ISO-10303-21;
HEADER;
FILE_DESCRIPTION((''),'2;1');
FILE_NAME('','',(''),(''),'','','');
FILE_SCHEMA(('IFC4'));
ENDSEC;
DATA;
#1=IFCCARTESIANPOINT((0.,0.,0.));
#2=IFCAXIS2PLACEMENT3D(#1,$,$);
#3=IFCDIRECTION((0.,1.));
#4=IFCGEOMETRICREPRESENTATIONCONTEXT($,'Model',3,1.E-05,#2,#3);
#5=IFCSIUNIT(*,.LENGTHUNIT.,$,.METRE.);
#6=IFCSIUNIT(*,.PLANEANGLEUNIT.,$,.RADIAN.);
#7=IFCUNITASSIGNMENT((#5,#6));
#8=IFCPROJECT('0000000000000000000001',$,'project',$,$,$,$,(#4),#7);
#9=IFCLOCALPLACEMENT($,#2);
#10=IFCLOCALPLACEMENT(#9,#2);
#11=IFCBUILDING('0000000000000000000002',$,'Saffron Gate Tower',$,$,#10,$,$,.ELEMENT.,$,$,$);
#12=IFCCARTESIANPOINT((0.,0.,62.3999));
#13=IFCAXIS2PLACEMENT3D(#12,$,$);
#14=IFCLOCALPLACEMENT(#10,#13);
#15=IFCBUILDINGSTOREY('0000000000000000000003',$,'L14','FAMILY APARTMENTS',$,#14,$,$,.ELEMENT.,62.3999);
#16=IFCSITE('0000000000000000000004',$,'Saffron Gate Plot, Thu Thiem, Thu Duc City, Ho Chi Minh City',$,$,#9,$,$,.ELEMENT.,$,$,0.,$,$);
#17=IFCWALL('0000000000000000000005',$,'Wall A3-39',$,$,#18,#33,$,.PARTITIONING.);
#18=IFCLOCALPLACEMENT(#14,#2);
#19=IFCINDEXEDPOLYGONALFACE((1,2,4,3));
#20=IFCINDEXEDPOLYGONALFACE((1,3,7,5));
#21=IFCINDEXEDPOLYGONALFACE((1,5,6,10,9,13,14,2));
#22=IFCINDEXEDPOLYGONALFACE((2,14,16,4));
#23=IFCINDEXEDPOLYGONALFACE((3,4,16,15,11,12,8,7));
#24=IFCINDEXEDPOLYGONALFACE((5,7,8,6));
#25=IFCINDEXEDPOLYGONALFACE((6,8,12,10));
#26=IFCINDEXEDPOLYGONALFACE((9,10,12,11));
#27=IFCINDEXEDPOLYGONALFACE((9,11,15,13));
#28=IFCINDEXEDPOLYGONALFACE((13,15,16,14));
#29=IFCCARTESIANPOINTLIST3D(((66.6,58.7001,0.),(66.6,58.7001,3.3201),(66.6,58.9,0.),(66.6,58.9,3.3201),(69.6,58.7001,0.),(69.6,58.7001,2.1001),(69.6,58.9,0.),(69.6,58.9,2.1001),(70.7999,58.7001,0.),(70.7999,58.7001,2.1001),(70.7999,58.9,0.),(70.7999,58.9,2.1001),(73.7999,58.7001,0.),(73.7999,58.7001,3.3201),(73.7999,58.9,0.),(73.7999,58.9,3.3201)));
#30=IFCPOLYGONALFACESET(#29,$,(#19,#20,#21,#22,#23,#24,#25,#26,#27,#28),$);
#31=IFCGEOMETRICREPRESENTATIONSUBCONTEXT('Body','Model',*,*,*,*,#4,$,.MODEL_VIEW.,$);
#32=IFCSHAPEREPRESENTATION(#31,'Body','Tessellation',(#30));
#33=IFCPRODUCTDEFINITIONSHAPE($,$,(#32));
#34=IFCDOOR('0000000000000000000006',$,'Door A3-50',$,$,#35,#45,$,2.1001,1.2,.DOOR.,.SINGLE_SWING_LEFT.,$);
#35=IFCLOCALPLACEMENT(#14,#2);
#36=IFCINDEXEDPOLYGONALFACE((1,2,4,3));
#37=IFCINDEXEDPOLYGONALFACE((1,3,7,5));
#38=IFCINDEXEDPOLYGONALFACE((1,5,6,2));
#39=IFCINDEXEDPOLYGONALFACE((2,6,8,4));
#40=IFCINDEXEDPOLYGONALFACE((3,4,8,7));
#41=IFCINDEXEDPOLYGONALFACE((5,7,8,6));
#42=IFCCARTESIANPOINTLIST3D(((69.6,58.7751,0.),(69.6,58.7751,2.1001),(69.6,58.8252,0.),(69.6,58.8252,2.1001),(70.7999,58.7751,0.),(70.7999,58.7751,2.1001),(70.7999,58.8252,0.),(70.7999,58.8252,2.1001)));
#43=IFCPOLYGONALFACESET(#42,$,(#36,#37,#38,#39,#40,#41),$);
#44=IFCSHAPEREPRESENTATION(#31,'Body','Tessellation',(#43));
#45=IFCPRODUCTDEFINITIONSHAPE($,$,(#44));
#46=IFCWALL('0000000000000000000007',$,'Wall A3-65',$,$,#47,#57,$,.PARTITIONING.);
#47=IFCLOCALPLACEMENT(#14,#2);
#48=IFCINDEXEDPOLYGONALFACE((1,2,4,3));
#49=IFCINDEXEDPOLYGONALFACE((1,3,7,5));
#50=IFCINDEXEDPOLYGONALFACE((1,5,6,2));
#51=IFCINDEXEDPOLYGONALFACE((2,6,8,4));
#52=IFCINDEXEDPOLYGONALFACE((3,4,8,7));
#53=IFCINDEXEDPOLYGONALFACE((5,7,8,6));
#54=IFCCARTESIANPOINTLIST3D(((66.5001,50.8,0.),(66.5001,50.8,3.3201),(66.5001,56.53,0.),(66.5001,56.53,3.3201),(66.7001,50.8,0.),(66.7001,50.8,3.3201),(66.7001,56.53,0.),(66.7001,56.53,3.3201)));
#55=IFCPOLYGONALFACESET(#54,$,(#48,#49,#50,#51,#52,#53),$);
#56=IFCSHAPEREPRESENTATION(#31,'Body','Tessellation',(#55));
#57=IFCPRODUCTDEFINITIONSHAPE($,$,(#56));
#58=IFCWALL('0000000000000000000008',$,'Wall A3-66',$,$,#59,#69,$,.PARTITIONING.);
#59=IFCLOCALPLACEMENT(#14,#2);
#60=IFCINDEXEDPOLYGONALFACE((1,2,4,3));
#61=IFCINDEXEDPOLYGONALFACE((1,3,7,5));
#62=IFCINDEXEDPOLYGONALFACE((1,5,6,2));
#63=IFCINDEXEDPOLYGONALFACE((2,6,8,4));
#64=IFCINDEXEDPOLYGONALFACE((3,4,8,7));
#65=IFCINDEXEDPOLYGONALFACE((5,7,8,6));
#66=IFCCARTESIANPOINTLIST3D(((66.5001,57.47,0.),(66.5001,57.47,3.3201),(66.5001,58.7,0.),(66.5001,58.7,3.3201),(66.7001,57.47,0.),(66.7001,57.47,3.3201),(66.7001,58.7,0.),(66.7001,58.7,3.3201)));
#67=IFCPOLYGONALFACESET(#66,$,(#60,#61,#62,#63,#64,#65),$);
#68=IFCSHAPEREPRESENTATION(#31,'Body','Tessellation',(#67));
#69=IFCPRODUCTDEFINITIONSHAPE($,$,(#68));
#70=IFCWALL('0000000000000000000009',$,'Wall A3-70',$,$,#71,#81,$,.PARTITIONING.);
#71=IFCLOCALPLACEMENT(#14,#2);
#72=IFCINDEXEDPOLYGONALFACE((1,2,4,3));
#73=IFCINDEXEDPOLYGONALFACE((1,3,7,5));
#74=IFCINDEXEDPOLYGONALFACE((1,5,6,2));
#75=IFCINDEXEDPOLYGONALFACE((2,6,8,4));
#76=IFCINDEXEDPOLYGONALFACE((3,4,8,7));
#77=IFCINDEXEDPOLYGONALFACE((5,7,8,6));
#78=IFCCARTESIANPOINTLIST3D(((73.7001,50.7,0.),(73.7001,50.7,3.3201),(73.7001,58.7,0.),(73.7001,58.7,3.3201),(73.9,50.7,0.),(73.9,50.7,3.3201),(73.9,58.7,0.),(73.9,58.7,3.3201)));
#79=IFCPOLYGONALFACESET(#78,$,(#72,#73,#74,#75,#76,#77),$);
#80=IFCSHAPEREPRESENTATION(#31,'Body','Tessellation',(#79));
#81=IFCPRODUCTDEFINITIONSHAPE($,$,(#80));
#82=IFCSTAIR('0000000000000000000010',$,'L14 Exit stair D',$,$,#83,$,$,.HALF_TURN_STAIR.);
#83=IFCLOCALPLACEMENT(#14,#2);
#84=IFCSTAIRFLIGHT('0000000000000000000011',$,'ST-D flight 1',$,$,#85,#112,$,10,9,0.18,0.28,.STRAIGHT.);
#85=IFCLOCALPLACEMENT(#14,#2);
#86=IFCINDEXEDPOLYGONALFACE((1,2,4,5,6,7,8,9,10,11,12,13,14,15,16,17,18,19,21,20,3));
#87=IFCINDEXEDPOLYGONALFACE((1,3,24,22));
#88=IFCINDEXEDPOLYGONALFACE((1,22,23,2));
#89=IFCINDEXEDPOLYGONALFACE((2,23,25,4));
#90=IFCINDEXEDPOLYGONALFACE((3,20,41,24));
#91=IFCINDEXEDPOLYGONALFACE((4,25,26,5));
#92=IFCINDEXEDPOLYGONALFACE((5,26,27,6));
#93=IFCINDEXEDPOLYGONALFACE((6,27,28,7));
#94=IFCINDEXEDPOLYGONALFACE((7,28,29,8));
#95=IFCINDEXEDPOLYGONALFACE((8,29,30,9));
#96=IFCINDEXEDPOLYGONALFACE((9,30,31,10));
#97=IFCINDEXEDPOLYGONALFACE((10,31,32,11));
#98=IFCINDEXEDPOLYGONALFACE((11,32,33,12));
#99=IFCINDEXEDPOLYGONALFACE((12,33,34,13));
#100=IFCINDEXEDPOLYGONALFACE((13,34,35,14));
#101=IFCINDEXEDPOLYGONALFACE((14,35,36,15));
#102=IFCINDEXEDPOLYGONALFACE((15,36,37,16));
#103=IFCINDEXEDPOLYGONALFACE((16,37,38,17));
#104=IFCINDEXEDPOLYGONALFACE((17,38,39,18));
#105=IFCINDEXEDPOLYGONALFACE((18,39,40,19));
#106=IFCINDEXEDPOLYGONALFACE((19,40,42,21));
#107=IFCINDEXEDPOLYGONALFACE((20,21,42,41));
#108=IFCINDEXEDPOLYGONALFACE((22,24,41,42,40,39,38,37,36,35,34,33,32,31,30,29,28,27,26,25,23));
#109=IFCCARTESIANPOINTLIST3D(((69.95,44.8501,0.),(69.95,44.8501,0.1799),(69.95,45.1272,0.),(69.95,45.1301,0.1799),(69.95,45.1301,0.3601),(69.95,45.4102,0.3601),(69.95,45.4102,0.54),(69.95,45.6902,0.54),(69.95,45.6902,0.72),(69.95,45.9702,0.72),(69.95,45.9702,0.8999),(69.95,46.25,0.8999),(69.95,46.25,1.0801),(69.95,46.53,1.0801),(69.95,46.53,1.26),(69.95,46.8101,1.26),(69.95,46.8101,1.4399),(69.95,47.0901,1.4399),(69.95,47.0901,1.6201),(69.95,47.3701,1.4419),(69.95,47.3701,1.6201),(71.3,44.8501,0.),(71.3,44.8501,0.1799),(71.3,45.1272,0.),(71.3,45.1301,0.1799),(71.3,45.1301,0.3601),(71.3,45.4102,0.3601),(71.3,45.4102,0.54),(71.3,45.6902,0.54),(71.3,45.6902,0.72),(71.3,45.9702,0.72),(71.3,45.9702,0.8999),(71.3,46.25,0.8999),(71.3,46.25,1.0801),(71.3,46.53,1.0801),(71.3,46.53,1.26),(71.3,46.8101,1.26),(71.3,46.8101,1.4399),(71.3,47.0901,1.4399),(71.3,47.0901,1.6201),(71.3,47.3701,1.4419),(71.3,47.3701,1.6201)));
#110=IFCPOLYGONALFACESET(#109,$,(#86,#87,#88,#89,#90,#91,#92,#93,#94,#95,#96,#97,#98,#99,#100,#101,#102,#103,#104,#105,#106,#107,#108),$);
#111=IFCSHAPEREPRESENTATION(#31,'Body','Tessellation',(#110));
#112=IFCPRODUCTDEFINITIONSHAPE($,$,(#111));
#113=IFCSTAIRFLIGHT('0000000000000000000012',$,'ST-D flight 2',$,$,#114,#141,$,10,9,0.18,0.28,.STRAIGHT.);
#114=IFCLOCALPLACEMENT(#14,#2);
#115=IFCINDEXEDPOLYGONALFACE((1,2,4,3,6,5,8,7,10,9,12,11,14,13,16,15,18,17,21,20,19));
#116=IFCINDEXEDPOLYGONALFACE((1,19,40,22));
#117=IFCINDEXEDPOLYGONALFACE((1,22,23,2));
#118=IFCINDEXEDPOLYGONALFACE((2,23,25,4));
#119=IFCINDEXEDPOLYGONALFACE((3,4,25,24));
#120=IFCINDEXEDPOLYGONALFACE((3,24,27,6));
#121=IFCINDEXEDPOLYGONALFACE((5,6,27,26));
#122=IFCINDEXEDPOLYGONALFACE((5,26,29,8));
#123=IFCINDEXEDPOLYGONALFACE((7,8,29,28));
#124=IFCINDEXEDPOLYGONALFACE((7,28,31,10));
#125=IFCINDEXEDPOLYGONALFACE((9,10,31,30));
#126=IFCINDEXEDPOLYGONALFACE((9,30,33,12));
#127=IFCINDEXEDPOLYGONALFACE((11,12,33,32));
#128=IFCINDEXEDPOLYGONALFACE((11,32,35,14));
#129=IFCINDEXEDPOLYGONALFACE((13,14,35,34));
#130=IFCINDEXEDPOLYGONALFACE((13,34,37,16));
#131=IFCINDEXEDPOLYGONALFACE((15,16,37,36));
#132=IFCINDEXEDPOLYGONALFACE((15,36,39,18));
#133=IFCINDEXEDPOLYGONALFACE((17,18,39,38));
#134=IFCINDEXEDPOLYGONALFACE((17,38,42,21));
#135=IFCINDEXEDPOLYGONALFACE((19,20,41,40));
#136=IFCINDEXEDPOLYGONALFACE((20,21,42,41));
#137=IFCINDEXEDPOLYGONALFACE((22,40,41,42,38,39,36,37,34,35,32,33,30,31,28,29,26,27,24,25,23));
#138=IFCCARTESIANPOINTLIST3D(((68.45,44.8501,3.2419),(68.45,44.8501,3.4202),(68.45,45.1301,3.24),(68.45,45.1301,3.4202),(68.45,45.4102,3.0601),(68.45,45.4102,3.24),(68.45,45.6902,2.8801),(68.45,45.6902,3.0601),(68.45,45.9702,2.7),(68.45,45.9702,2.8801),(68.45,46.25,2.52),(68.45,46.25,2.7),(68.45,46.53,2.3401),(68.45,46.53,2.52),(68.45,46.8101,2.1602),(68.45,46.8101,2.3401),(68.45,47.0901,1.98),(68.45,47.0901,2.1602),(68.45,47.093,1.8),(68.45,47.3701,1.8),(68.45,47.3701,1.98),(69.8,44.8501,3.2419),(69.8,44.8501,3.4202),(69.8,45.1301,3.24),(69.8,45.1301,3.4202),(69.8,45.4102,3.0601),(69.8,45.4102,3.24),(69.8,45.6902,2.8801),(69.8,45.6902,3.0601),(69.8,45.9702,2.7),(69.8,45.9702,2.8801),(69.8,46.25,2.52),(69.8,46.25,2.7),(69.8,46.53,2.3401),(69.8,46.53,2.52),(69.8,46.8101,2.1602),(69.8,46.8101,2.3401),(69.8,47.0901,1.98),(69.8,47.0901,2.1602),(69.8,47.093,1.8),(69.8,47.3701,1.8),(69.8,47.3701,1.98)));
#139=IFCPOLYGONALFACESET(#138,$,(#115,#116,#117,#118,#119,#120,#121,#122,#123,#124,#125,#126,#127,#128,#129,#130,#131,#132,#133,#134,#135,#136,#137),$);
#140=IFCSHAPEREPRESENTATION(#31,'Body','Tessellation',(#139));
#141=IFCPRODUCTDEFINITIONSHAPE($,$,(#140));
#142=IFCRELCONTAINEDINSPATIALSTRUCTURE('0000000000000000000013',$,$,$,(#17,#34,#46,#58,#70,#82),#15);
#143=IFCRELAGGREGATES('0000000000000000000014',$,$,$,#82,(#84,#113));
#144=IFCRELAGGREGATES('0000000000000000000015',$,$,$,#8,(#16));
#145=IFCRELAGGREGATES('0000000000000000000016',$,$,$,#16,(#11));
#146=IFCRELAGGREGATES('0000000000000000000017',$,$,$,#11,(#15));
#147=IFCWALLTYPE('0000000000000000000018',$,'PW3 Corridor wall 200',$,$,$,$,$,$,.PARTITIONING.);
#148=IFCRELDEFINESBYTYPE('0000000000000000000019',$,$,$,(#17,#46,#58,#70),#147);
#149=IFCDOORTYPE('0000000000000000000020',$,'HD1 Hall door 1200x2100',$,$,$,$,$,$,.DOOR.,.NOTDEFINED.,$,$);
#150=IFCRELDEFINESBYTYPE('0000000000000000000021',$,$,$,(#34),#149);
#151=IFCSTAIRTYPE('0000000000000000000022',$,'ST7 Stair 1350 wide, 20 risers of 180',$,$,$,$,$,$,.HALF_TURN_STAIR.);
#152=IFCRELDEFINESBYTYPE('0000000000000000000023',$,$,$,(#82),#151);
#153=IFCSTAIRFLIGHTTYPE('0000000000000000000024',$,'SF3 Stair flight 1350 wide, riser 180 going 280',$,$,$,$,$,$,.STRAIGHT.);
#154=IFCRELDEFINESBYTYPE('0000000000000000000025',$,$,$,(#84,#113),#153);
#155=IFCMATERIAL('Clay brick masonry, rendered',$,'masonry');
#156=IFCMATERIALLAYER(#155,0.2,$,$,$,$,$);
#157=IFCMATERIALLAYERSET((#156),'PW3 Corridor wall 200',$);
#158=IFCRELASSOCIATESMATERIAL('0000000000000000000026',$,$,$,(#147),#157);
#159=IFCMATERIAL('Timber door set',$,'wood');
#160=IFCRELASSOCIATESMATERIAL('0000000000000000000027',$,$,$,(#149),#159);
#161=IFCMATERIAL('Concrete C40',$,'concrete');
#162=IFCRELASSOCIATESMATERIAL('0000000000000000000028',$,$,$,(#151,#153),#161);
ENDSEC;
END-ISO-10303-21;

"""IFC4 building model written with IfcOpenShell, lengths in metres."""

from ifc_helpers import new_model, si_unit, direction, frame, frame_2d, origin, place, context, subcontext, project, spatial, polyline, rectangle, outline, extrude, material, layer, layer_set, type_object, element, fill, aggregate, save


model = new_model("IFC4")

# Units and contexts
model_context = context("Model", 3, precision=1e-05, world=origin(), true_north=direction((0.0, 1.0)))
body_context = subcontext(model_context, "Body", "Model", "MODEL_VIEW")
ifc_project = project(units=[si_unit("LENGTHUNIT", "METRE"), si_unit("PLANEANGLEUNIT", "RADIAN")], contexts=[model_context])

# Site, building, storey
site_placement = place(None, origin())
site = spatial("IfcSite", under=ifc_project, at=site_placement, Name="Saffron Gate Plot, Thu Thiem, Thu Duc City, Ho Chi Minh City", CompositionType="ELEMENT", RefElevation=0.0)
building_placement = place(site_placement, origin())
building = spatial("IfcBuilding", under=site, at=building_placement, Name="Saffron Gate Tower", CompositionType="ELEMENT")
storey_placement = place(building_placement, frame((0.0, 0.0, 62.3999)))
storey = spatial("IfcBuildingStorey", under=building, at=storey_placement, Name="L14", Description="FAMILY APARTMENTS", CompositionType="ELEMENT", Elevation=62.3999)

# Shared definitions
ifc_material_1 = material(Name="Timber door set", Category="wood")

# Shared definitions
ifc_material_2 = material(Name="Clay brick masonry, rendered", Category="masonry")
ifc_layer_1 = layer(ifc_material_2, 0.2)
ifc_layer_set_1 = layer_set([ifc_layer_1], Name="PW3 Corridor wall 200")
wall_type_1 = type_object("IfcWallType", Name="PW3 Corridor wall 200", PredefinedType="PARTITIONING", material=ifc_layer_set_1)

# Wall, opening, door
wall_1_placement = place(storey_placement, frame((73.8, 58.8, 0.0), z_axis=(0.0, 0.0, 1.0), x_axis=(-1.0, 0.0, 0.0)))
wall_1 = element("IfcWall", 1, at=wall_1_placement, inside=storey, type_object=wall_type_1, Name="Wall A3-39", PredefinedType="PARTITIONING", context=body_context, shape_type="SweptSolid", body=[
    extrude(rectangle(XDim=7.2, YDim=0.2, at=frame_2d((3.6001, 0.0))), origin(), (0.0, 0.0, 1.0), 3.3201),
])
opening_1_placement = place(wall_1_placement, frame((3.0, 0.0, 0.0)))
opening_1 = element("IfcOpeningElement", 2, at=opening_1_placement, cuts=wall_1, PredefinedType="OPENING", context=body_context, shape_type="SweptSolid", body=[
    extrude(rectangle(XDim=1.2, YDim=2.1001, at=frame_2d((0.6001, 1.05))), frame((0.0, 0.1099, 0.0), z_axis=(0.0, -1.0, 0.0), x_axis=(1.0, 0.0, 0.0)), (0.0, 0.0, 1.0), 0.22),
])
door_type_1 = type_object("IfcDoorType", Name="HD1 Hall door 1200x2100", OperationType="NOTDEFINED", PredefinedType="DOOR", material=ifc_material_1)
door_1_placement = place(opening_1_placement, origin())
door_1 = element("IfcDoor", 3, at=door_1_placement, inside=storey, type_object=door_type_1, Name="Door A3-50", OperationType="SINGLE_SWING_LEFT", OverallHeight=2.1001, OverallWidth=1.2, PredefinedType="DOOR", context=body_context, shape_type="SweptSolid", body=[
    extrude(rectangle(XDim=1.2, YDim=2.1001, at=frame_2d((0.6001, 1.05))), frame((0.0, 0.0249, 0.0), z_axis=(0.0, -1.0, 0.0), x_axis=(1.0, 0.0, 0.0)), (0.0, 0.0, 1.0), 0.05),
])
fill(opening_1, door_1)

# Walls
wall_2_placement = place(storey_placement, frame((66.6001, 56.53, 0.0), z_axis=(0.0, 0.0, 1.0), x_axis=(0.0, -1.0, 0.0)))
element("IfcWall", 4, at=wall_2_placement, inside=storey, type_object=wall_type_1, Name="Wall A3-65", PredefinedType="PARTITIONING", context=body_context, shape_type="SweptSolid", body=[
    extrude(rectangle(XDim=5.73, YDim=0.2, at=frame_2d((2.865, 0.0))), origin(), (0.0, 0.0, 1.0), 3.3201),
])
wall_3_placement = place(storey_placement, frame((66.6001, 58.7, 0.0), z_axis=(0.0, 0.0, 1.0), x_axis=(0.0, -1.0, 0.0)))
element("IfcWall", 5, at=wall_3_placement, inside=storey, type_object=wall_type_1, Name="Wall A3-66", PredefinedType="PARTITIONING", context=body_context, shape_type="SweptSolid", body=[
    extrude(rectangle(XDim=1.23, YDim=0.2, at=frame_2d((0.615, 0.0))), origin(), (0.0, 0.0, 1.0), 3.3201),
])
wall_4_placement = place(storey_placement, frame((73.8, 58.7, 0.0), z_axis=(0.0, 0.0, 1.0), x_axis=(0.0, -1.0, 0.0)))
element("IfcWall", 6, at=wall_4_placement, inside=storey, type_object=wall_type_1, Name="Wall A3-70", PredefinedType="PARTITIONING", context=body_context, shape_type="SweptSolid", body=[
    extrude(rectangle(XDim=8.0, YDim=0.2, at=frame_2d((4.0, 0.0))), origin(), (0.0, 0.0, 1.0), 3.3201),
])

# Stair, stair flights
ifc_material_3 = material(Name="Concrete C40", Category="concrete")
stair_type = type_object("IfcStairType", Name="ST7 Stair 1350 wide, 20 risers of 180", PredefinedType="HALF_TURN_STAIR", material=ifc_material_3)
stair_placement = place(storey_placement, origin())
stair = element("IfcStair", 7, at=stair_placement, inside=storey, type_object=stair_type, Name="L14 Exit stair D", PredefinedType="HALF_TURN_STAIR")
stair_flight_type = type_object("IfcStairFlightType", Name="SF3 Stair flight 1350 wide, riser 180 going 280", PredefinedType="STRAIGHT", material=ifc_material_3)
stair_flight_1_placement = place(storey_placement, frame((70.625, 44.8501, 0.0), z_axis=(0.0, 0.0, 1.0), x_axis=(0.0, 1.0, 0.0)))
stair_flight_1 = element("IfcStairFlight", 8, at=stair_flight_1_placement, type_object=stair_flight_type, Name="ST-D flight 1", NumberOfRisers=10, NumberOfTreads=9, PredefinedType="STRAIGHT", RiserHeight=0.18, TreadLength=0.28, context=body_context, shape_type="SweptSolid", body=[
    extrude(outline(polyline([(0.0, 0.0), (0.0, 0.1799), (0.28, 0.1799), (0.28, 0.3601), (0.5601, 0.3601), (0.5601, 0.54), (0.8401, 0.54), (0.8401, 0.72), (1.1201, 0.72), (1.1201, 0.8999), (1.3999, 0.8999), (1.3999, 1.0801), (1.6799, 1.0801), (1.6799, 1.26), (1.96, 1.26), (1.96, 1.4399), (2.24, 1.4399), (2.24, 1.6201), (2.52, 1.6201), (2.52, 1.8), (2.52, 1.4419), (0.2771, 0.0), (0.0, 0.0)])), frame((0.0, 0.675, 0.0), z_axis=(0.0, -1.0, 0.0), x_axis=(1.0, 0.0, 0.0)), (0.0, 0.0, 1.0), 1.3501),
])
stair_flight_2_placement = place(storey_placement, frame((69.125, 47.3701, 1.8), z_axis=(0.0, 0.0, 1.0), x_axis=(0.0, -1.0, 0.0)))
stair_flight_2 = element("IfcStairFlight", 9, at=stair_flight_2_placement, type_object=stair_flight_type, Name="ST-D flight 2", NumberOfRisers=10, NumberOfTreads=9, PredefinedType="STRAIGHT", RiserHeight=0.18, TreadLength=0.28, context=body_context, shape_type="SweptSolid", body=[
    extrude(outline(polyline([(0.0, 0.0), (0.0, 0.1799), (0.28, 0.1799), (0.28, 0.3601), (0.5601, 0.3601), (0.5601, 0.54), (0.8401, 0.54), (0.8401, 0.72), (1.1201, 0.72), (1.1201, 0.8999), (1.3999, 0.8999), (1.3999, 1.0801), (1.6799, 1.0801), (1.6799, 1.26), (1.96, 1.26), (1.96, 1.4399), (2.24, 1.4399), (2.24, 1.6201), (2.52, 1.6201), (2.52, 1.8), (2.52, 1.4419), (0.2771, 0.0), (0.0, 0.0)])), frame((0.0, 0.675, 0.0), z_axis=(0.0, -1.0, 0.0), x_axis=(1.0, 0.0, 0.0)), (0.0, 0.0, 1.0), 1.3501),
])
aggregate(stair, [stair_flight_1, stair_flight_2])

save(model, "model.ifc")
